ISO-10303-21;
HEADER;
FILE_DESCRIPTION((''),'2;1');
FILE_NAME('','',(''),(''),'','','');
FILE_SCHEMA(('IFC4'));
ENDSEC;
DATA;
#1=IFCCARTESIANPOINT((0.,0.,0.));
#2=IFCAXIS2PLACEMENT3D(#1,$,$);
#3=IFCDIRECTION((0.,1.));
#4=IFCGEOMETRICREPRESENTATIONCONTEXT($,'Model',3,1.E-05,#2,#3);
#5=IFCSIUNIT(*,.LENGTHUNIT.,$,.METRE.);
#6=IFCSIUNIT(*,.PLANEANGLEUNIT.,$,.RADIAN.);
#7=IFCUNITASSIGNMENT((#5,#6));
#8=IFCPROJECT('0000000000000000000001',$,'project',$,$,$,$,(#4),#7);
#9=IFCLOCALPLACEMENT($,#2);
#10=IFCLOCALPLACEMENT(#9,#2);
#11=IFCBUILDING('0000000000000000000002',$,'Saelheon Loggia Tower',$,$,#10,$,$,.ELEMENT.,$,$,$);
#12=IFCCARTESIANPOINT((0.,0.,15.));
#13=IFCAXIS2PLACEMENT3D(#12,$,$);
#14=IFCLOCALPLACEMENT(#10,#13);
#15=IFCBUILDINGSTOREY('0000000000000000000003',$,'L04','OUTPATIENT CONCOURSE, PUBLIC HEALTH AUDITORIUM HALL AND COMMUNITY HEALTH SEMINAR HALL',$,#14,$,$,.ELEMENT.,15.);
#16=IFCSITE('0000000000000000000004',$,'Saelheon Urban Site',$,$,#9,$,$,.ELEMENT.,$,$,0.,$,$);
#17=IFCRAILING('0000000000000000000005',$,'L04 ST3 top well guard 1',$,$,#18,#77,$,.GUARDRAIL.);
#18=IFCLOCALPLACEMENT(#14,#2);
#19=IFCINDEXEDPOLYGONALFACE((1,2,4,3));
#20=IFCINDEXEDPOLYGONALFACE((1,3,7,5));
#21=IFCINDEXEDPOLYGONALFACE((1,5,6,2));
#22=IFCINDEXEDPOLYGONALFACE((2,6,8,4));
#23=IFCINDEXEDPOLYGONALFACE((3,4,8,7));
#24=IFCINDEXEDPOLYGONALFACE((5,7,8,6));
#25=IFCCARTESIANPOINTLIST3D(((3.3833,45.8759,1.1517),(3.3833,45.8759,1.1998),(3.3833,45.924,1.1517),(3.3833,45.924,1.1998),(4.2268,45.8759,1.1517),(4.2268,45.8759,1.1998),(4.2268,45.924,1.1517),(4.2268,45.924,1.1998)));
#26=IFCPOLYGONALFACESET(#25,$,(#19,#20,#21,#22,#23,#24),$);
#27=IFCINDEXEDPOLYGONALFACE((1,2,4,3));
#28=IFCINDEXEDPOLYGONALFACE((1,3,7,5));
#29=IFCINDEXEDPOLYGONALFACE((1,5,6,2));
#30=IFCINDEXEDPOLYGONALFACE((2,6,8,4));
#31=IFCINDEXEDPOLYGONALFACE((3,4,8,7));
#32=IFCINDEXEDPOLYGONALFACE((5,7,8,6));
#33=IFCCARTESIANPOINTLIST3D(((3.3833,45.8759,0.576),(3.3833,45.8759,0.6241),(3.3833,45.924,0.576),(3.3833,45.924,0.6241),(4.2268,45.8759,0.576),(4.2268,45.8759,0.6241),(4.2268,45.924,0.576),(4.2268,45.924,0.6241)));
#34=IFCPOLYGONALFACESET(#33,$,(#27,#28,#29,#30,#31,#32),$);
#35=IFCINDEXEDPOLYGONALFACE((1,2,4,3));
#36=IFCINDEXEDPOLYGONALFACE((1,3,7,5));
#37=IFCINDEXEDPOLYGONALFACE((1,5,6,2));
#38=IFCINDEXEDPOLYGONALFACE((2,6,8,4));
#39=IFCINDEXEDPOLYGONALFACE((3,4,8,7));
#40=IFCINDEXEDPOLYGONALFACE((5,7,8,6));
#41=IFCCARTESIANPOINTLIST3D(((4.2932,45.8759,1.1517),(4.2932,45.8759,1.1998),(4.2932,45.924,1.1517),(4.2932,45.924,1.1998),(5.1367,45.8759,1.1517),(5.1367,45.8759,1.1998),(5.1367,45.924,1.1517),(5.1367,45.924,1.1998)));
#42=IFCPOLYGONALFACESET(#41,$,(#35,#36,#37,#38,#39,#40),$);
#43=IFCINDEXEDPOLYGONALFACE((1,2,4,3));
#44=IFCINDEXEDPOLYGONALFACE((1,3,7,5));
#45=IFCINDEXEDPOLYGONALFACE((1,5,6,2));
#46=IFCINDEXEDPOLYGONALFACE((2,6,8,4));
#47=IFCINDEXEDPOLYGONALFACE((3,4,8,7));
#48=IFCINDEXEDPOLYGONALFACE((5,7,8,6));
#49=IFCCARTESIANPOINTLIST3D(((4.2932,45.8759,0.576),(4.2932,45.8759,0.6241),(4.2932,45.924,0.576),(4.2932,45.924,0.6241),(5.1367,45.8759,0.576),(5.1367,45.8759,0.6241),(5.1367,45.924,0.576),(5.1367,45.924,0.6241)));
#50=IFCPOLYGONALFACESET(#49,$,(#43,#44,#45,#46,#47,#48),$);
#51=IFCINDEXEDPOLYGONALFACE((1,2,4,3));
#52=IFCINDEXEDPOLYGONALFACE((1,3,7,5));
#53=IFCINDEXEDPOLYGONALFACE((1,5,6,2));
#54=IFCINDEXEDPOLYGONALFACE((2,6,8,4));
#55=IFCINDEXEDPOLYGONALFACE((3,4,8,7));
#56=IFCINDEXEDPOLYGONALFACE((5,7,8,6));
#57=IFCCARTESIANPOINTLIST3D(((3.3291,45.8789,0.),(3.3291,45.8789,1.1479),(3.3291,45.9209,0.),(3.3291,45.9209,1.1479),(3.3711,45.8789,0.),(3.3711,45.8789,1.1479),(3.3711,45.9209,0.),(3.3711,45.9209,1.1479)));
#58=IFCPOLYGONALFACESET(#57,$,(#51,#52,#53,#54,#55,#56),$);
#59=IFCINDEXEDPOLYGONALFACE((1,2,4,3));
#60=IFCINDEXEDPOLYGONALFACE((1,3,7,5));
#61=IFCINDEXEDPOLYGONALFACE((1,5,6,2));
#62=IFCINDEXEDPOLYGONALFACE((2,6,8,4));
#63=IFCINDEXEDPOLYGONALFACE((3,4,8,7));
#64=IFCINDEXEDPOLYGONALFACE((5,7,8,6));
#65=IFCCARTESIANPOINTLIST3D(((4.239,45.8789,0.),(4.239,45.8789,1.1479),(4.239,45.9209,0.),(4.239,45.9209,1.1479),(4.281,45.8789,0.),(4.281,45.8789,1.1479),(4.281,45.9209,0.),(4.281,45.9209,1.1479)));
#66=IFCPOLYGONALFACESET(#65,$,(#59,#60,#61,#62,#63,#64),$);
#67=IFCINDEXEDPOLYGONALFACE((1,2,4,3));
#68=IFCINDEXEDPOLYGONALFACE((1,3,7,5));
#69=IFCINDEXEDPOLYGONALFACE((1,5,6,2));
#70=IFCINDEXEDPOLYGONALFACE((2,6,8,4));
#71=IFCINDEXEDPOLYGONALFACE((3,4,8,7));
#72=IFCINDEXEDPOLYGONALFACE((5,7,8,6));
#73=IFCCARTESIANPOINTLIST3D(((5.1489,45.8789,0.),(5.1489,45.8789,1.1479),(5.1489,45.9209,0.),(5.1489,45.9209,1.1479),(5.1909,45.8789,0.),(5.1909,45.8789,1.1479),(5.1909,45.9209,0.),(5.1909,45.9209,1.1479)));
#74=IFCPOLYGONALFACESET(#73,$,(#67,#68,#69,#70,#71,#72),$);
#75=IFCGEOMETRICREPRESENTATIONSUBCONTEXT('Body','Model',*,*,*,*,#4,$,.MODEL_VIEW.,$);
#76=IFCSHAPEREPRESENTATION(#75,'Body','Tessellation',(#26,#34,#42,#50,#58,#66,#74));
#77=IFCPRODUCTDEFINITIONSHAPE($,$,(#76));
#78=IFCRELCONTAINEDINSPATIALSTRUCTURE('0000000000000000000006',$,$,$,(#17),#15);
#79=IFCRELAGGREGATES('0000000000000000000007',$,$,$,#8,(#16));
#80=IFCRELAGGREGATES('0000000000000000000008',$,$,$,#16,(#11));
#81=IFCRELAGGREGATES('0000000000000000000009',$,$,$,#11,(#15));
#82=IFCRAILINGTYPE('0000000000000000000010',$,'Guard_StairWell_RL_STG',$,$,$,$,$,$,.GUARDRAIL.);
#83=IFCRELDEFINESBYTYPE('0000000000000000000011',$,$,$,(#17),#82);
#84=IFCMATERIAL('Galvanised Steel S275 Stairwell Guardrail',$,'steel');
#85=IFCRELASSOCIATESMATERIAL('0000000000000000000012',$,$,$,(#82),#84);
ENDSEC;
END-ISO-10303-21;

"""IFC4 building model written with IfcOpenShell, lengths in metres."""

from ifc_helpers import new_model, si_unit, direction, frame, origin, origin_2d, place, context, subcontext, project, spatial, rectangle, extrude, material, type_object, element, save


model = new_model("IFC4")

# Units and contexts
model_context = context("Model", 3, precision=1e-05, world=origin(), true_north=direction((0.0, 1.0)))
body_context = subcontext(model_context, "Body", "Model", "MODEL_VIEW")
ifc_project = project(units=[si_unit("LENGTHUNIT", "METRE"), si_unit("PLANEANGLEUNIT", "RADIAN")], contexts=[model_context])

# Site, building, storey
site_placement = place(None, origin())
site = spatial("IfcSite", under=ifc_project, at=site_placement, Name="Saelheon Urban Site", CompositionType="ELEMENT", RefElevation=0.0)
building_placement = place(site_placement, origin())
building = spatial("IfcBuilding", under=site, at=building_placement, Name="Saelheon Loggia Tower", CompositionType="ELEMENT")
storey_placement = place(building_placement, frame((0.0, 0.0, 15.0)))
storey = spatial("IfcBuildingStorey", under=building, at=storey_placement, Name="L04", Description="OUTPATIENT CONCOURSE, PUBLIC HEALTH AUDITORIUM HALL AND COMMUNITY HEALTH SEMINAR HALL", CompositionType="ELEMENT", Elevation=15.0)

# Railing
ifc_material_1 = material(Name="Galvanised Steel S275 Stairwell Guardrail", Category="steel")
railing_type = type_object("IfcRailingType", Name="Guard_StairWell_RL_STG", PredefinedType="GUARDRAIL", material=ifc_material_1)
railing_placement = place(storey_placement, frame((3.3501, 45.8999, 0.0)))
element("IfcRailing", 1, at=railing_placement, inside=storey, type_object=railing_type, Name="L04 ST3 top well guard 1", PredefinedType="GUARDRAIL", context=body_context, shape_type="SweptSolid", body=[
    extrude(rectangle(XDim=0.0481, YDim=0.0481, at=origin_2d()), frame((0.0332, 0.0, 1.1758), z_axis=(1.0, 0.0, 0.0), x_axis=(0.0, 1.0, 0.0)), (0.0, 0.0, 1.0), 0.8435),
    extrude(rectangle(XDim=0.0481, YDim=0.0481, at=origin_2d()), frame((0.0332, 0.0, 0.6001), z_axis=(1.0, 0.0, 0.0), x_axis=(0.0, 1.0, 0.0)), (0.0, 0.0, 1.0), 0.8435),
    extrude(rectangle(XDim=0.0481, YDim=0.0481, at=origin_2d()), frame((0.9431, 0.0, 1.1758), z_axis=(1.0, 0.0, 0.0), x_axis=(0.0, 1.0, 0.0)), (0.0, 0.0, 1.0), 0.8435),
    extrude(rectangle(XDim=0.0481, YDim=0.0481, at=origin_2d()), frame((0.9431, 0.0, 0.6001), z_axis=(1.0, 0.0, 0.0), x_axis=(0.0, 1.0, 0.0)), (0.0, 0.0, 1.0), 0.8435),
    extrude(rectangle(XDim=0.042, YDim=0.042, at=origin_2d()), origin(), (0.0, 0.0, 1.0), 1.1479),
    extrude(rectangle(XDim=0.042, YDim=0.042, at=origin_2d()), frame((0.9099, 0.0, 0.0)), (0.0, 0.0, 1.0), 1.1479),
    extrude(rectangle(XDim=0.042, YDim=0.042, at=origin_2d()), frame((1.8198, 0.0, 0.0)), (0.0, 0.0, 1.0), 1.1479),
])

save(model, "model.ifc")
